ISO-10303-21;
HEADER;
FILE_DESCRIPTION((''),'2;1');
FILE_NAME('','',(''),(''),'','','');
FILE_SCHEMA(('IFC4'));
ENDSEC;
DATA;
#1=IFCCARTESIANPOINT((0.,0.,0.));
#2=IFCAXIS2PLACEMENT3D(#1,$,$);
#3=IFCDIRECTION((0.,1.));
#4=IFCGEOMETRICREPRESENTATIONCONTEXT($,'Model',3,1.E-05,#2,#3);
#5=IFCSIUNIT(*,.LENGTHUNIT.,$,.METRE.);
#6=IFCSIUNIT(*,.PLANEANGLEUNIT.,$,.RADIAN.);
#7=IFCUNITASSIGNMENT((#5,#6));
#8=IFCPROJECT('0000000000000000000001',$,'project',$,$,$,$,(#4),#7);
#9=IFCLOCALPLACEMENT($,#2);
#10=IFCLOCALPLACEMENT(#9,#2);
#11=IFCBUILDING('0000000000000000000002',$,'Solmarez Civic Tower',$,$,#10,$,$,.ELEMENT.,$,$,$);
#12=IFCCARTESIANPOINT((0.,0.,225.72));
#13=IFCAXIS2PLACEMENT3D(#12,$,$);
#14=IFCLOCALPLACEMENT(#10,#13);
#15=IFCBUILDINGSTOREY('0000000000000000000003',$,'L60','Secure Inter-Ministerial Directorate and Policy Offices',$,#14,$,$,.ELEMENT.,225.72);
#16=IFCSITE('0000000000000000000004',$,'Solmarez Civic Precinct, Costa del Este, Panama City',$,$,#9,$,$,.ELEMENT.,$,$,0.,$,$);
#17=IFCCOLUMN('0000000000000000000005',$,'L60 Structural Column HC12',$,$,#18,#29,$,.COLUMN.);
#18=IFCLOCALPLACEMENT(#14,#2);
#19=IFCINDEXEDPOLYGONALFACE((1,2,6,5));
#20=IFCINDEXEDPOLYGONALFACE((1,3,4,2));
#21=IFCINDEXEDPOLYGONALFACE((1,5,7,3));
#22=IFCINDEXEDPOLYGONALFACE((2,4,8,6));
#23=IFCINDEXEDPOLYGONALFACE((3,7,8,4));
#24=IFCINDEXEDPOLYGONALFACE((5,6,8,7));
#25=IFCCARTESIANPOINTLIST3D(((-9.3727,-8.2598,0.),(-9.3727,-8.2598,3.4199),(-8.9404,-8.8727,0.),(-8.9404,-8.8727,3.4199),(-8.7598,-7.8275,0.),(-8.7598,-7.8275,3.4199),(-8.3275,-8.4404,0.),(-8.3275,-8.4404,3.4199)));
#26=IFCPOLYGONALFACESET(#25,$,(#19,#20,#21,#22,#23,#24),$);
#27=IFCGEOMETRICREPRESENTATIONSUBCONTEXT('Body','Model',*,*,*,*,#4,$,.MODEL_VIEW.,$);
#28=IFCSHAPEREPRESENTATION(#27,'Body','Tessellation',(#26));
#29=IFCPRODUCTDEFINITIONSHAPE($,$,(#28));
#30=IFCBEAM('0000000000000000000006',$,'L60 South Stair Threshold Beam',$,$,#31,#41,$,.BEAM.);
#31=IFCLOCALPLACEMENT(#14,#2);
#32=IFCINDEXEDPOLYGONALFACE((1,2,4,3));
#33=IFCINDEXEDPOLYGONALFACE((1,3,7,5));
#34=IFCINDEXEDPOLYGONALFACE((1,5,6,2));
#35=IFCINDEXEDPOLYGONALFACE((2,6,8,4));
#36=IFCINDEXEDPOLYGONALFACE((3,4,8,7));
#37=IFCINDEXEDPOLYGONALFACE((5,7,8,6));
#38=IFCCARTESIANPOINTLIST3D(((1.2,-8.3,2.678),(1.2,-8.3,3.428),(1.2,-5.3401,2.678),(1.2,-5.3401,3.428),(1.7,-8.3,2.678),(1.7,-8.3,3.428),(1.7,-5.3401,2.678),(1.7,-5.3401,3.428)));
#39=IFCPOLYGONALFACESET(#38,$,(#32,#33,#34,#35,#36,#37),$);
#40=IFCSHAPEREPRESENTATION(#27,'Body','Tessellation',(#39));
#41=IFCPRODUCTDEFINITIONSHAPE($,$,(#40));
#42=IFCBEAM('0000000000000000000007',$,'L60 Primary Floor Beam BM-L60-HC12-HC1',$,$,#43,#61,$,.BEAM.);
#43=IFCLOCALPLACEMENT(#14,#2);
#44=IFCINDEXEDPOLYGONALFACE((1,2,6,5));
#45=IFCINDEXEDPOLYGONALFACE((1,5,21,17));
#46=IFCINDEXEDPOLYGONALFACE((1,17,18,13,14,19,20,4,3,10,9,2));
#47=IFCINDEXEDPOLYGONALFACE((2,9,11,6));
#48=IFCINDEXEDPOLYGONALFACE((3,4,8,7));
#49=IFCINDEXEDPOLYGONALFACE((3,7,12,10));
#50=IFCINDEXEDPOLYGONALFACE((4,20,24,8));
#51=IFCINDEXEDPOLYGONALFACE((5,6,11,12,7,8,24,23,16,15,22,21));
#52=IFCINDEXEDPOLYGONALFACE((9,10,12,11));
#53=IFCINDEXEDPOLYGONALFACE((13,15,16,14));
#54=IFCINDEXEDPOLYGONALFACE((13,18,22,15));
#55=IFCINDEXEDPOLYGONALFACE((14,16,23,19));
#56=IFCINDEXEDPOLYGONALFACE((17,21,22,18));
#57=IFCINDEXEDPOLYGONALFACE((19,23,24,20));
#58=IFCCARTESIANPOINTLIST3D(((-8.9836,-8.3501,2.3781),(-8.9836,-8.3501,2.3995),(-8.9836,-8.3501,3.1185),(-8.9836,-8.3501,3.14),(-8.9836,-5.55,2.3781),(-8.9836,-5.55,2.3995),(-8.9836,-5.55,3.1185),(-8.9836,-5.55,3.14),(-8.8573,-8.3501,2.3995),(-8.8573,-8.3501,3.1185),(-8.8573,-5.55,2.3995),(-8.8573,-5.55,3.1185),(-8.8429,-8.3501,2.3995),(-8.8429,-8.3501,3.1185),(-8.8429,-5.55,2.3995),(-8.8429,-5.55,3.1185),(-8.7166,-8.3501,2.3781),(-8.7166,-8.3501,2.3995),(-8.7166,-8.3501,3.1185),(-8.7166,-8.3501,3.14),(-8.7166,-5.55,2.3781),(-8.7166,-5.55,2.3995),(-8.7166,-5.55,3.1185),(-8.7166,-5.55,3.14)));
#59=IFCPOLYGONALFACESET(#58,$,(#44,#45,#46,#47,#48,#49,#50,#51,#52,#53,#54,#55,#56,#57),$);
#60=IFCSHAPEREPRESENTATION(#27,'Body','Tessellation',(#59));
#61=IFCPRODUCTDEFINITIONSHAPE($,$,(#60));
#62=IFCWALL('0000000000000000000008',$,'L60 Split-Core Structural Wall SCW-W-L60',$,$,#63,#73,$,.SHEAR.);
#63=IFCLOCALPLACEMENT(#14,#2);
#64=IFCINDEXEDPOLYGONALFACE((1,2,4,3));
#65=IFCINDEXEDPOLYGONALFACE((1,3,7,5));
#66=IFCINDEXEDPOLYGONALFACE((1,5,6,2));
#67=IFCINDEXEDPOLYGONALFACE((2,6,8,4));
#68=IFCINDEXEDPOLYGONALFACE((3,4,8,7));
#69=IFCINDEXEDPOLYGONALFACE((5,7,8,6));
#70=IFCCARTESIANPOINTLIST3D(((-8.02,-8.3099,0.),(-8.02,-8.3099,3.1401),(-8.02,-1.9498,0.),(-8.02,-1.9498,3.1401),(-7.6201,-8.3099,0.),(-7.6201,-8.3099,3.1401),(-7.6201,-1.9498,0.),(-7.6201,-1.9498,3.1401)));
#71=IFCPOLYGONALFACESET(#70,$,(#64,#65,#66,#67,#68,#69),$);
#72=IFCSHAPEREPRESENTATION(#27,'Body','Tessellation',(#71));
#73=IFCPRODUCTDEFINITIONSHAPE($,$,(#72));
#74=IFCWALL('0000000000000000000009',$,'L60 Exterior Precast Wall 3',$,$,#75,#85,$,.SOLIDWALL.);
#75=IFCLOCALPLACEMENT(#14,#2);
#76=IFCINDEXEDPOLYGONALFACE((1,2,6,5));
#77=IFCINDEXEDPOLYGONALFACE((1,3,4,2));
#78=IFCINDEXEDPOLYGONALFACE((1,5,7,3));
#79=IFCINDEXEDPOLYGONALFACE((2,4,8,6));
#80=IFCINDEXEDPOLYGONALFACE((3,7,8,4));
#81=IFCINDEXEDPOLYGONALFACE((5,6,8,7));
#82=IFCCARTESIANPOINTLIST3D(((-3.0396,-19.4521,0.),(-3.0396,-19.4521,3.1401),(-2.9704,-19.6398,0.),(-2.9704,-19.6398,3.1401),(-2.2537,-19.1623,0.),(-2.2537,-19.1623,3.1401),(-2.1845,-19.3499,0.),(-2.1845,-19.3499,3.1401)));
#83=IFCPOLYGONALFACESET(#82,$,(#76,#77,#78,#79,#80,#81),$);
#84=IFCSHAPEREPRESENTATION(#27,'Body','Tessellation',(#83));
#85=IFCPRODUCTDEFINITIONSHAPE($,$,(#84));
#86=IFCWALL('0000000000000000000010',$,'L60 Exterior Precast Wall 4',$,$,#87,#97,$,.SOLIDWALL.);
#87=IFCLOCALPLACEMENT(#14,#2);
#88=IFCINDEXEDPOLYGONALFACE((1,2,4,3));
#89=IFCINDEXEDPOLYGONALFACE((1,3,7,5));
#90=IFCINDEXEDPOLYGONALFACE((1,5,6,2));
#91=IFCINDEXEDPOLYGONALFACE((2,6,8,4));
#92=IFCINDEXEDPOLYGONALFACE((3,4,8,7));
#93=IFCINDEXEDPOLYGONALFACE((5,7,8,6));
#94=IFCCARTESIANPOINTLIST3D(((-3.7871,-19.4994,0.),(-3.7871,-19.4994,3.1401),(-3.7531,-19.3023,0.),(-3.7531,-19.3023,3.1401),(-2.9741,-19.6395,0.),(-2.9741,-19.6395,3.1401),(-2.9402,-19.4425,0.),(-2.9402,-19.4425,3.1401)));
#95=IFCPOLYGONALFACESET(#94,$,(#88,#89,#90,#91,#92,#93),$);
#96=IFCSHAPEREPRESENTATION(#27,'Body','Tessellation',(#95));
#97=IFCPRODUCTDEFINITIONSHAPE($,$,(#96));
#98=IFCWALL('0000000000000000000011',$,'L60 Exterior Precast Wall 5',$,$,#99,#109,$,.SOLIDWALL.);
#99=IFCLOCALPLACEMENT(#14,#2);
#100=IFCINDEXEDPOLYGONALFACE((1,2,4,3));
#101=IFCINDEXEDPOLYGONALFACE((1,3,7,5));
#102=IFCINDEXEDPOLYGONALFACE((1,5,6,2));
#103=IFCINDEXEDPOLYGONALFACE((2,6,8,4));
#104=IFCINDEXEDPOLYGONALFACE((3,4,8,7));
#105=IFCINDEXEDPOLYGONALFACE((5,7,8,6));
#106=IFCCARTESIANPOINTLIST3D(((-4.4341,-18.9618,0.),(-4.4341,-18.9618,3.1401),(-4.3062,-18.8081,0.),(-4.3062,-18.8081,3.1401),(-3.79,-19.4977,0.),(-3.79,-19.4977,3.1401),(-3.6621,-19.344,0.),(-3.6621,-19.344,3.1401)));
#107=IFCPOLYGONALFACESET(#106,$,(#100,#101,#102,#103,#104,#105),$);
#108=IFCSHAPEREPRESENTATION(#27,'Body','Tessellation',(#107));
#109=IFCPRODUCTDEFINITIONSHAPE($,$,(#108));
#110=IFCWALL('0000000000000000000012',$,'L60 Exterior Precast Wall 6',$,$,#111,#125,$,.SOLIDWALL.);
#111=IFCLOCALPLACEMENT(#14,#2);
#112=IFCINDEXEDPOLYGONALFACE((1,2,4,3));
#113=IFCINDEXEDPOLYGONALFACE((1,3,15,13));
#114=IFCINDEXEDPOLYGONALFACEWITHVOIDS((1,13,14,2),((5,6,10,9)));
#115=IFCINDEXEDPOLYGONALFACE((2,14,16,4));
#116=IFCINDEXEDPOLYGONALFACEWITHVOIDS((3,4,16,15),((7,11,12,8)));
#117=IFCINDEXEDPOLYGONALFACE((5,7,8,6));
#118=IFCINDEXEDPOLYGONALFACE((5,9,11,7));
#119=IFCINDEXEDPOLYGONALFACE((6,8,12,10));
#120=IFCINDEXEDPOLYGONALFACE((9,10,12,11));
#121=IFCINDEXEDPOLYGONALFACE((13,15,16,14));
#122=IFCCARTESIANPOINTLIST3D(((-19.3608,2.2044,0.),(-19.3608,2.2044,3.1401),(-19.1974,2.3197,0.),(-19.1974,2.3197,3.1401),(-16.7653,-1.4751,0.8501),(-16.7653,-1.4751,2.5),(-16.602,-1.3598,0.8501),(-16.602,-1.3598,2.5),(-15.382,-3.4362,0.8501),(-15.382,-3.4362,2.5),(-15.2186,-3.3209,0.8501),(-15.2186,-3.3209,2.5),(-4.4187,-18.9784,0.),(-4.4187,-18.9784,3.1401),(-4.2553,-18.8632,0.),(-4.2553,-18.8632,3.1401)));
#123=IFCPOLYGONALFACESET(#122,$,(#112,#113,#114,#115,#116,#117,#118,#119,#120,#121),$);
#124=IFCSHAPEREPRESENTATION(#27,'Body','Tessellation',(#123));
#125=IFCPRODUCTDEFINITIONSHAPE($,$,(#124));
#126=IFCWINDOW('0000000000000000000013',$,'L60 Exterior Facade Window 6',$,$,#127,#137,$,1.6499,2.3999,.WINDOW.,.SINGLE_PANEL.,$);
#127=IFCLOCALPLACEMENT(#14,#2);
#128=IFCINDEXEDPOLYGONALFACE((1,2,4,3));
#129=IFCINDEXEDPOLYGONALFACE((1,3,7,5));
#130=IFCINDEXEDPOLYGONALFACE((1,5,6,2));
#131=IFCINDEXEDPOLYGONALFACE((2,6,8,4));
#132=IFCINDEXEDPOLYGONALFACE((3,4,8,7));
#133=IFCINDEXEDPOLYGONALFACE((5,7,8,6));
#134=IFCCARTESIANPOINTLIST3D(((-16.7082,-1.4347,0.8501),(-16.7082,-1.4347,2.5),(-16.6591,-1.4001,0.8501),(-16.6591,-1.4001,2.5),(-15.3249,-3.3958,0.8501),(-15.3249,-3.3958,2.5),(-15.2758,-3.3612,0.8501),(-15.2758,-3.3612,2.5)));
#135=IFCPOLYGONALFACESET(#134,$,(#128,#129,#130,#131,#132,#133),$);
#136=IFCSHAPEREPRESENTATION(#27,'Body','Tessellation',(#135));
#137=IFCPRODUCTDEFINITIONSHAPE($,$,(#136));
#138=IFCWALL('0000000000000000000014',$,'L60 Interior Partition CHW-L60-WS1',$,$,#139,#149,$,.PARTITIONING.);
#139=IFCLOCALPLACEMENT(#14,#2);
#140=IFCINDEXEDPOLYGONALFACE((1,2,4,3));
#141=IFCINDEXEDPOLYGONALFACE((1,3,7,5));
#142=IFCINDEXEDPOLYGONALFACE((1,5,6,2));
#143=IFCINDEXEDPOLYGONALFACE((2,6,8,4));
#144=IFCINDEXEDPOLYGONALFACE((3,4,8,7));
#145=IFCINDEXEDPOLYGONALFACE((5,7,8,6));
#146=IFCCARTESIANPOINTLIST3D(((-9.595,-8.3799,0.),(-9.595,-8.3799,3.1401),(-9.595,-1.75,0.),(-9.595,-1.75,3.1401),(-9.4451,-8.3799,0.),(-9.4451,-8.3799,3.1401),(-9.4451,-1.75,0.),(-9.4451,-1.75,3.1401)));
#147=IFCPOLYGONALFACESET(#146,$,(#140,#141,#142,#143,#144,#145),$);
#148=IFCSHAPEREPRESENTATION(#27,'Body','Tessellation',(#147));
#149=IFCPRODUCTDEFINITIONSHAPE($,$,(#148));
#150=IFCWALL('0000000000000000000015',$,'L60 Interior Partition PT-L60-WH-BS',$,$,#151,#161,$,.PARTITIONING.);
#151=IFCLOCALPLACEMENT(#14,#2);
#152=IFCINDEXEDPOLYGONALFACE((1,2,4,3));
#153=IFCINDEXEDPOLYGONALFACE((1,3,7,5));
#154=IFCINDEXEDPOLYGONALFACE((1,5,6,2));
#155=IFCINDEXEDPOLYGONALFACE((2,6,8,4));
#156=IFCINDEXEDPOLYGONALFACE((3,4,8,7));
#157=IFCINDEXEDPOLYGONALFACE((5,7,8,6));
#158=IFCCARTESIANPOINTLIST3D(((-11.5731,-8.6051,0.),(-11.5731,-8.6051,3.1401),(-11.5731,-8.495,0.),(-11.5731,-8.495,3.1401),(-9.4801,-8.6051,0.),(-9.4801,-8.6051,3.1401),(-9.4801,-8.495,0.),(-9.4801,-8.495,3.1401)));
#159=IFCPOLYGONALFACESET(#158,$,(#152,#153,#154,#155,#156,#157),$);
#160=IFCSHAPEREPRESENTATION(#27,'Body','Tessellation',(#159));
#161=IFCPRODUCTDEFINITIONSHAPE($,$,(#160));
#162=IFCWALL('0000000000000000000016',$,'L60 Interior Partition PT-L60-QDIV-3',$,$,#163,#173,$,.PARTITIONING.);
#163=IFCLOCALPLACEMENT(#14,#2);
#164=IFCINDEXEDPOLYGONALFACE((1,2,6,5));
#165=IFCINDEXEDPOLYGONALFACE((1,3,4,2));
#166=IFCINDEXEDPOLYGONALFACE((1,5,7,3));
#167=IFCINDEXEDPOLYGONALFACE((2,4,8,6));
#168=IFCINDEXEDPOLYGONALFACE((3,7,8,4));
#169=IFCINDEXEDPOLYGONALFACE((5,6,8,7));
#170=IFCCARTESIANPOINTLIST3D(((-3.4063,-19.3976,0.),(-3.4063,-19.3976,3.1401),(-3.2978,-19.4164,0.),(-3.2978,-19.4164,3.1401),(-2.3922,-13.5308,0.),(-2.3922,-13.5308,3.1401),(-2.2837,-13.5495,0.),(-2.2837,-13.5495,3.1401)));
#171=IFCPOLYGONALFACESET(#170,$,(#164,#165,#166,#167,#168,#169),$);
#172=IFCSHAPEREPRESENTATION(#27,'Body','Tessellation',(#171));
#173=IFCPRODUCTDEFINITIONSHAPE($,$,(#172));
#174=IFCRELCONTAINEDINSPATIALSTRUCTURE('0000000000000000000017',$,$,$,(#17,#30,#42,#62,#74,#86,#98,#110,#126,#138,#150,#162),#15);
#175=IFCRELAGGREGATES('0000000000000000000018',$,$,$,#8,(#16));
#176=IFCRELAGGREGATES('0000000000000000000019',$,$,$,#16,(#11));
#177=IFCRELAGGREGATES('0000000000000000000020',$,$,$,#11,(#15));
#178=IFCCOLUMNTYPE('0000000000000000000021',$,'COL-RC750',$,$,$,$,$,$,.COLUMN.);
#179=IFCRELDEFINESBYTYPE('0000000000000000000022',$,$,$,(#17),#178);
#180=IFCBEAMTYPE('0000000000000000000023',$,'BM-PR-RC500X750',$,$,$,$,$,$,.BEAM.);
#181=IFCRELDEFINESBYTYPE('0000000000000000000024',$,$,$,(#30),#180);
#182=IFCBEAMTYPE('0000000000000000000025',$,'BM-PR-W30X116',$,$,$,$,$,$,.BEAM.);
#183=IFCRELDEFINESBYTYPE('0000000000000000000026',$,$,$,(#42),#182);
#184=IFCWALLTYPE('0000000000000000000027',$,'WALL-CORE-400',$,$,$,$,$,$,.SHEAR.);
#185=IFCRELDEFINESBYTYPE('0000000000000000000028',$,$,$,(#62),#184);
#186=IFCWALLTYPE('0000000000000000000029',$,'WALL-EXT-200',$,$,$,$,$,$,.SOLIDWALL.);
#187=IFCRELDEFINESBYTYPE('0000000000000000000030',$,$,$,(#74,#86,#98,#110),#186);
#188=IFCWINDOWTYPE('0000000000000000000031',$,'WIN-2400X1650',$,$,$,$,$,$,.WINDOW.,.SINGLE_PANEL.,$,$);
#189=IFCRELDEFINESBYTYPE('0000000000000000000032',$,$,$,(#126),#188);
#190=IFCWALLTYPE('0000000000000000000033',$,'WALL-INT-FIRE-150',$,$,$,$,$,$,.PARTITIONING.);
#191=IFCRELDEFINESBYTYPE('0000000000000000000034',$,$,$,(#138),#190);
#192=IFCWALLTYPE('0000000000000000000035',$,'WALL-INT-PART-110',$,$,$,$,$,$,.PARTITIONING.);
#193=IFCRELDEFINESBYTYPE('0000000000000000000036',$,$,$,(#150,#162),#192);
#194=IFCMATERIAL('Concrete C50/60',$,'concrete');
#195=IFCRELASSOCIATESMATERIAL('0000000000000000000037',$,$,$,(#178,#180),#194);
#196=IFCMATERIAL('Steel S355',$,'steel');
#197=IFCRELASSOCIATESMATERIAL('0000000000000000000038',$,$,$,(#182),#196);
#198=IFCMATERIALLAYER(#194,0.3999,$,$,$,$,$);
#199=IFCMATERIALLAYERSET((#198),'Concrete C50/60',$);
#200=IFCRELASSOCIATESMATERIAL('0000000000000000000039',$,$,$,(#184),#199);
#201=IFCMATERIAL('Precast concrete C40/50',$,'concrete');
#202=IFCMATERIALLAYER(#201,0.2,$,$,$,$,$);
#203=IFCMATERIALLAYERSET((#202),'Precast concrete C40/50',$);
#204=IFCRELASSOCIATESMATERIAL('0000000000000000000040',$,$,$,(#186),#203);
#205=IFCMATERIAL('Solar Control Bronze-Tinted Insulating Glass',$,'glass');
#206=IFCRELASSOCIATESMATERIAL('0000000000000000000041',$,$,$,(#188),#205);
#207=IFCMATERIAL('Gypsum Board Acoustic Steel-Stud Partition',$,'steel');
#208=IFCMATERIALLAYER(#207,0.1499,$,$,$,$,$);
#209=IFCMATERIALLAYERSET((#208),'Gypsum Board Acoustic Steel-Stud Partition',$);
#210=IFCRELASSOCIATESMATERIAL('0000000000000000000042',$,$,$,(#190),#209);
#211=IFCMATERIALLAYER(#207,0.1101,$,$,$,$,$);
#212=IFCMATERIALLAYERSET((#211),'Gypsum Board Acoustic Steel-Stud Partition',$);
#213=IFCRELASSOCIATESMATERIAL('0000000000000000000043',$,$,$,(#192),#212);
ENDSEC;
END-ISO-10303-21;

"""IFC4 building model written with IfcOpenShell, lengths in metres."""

from ifc_helpers import new_model, si_unit, direction, frame, frame_2d, origin, origin_2d, place, context, subcontext, project, spatial, rectangle, i_section, extrude, material, layer, layer_set, material_profile, profile_set, type_object, element, fill, save


model = new_model("IFC4")

# Units and contexts
model_context = context("Model", 3, precision=1e-05, world=origin(), true_north=direction((0.0, 1.0)))
body_context = subcontext(model_context, "Body", "Model", "MODEL_VIEW")
ifc_project = project(units=[si_unit("LENGTHUNIT", "METRE"), si_unit("PLANEANGLEUNIT", "RADIAN")], contexts=[model_context])

# Site, building, storey
site_placement = place(None, origin())
site = spatial("IfcSite", under=ifc_project, at=site_placement, Name="Solmarez Civic Precinct, Costa del Este, Panama City", CompositionType="ELEMENT", RefElevation=0.0)
building_placement = place(site_placement, origin())
building = spatial("IfcBuilding", under=site, at=building_placement, Name="Solmarez Civic Tower", CompositionType="ELEMENT")
storey_placement = place(building_placement, frame((0.0, 0.0, 225.72)))
storey = spatial("IfcBuildingStorey", under=building, at=storey_placement, Name="L60", Description="Secure Inter-Ministerial Directorate and Policy Offices", CompositionType="ELEMENT", Elevation=225.72)

# Column
ifc_material_1 = material(Name="Concrete C50/60", Category="concrete")
ifc_material_profile_1 = material_profile(ifc_material_1, rectangle(XDim=0.75, YDim=0.75, at=origin_2d()), Name="RC750X750")
ifc_profile_set_1 = profile_set([ifc_material_profile_1], Name="Concrete C50/60")
column_type = type_object("IfcColumnType", Name="COL-RC750", PredefinedType="COLUMN", material=ifc_profile_set_1)
column_placement = place(storey_placement, frame((-8.8501, -8.3501, 0.0), z_axis=(0.0, 0.0, 1.0), x_axis=(0.817145, 0.576432, 0.0)))
element("IfcColumn", 1, at=column_placement, inside=storey, type_object=column_type, Name="L60 Structural Column HC12", PredefinedType="COLUMN", context=body_context, shape_type="SweptSolid", body=[
    extrude(rectangle(XDim=0.75, YDim=0.75, at=origin_2d()), origin(), (0.0, 0.0, 1.0), 3.4199),
])

# Beams
ifc_material_profile_2 = material_profile(ifc_material_1, rectangle(XDim=0.5, YDim=0.75, at=origin_2d()), Name="RC500X750")
ifc_profile_set_2 = profile_set([ifc_material_profile_2], Name="Concrete C50/60")
beam_type_1 = type_object("IfcBeamType", Name="BM-PR-RC500X750", PredefinedType="BEAM", material=ifc_profile_set_2)
beam_1_placement = place(storey_placement, frame((1.45, -8.3, 3.053), z_axis=(0.0, 1.0, 0.0), x_axis=(-1.0, 0.0, 0.0)))
element("IfcBeam", 2, at=beam_1_placement, inside=storey, type_object=beam_type_1, Name="L60 South Stair Threshold Beam", PredefinedType="BEAM", context=body_context, shape_type="SweptSolid", body=[
    extrude(rectangle(XDim=0.5, YDim=0.75, at=origin_2d()), origin(), (0.0, 0.0, 1.0), 2.96),
])
ifc_material_2 = material(Name="Steel S355", Category="steel")
ifc_material_profile_3 = material_profile(ifc_material_2, i_section(OverallWidth=0.2671, OverallDepth=0.762, WebThickness=0.0144, FlangeThickness=0.0215, at=origin_2d()), Name="W30X116")
ifc_profile_set_3 = profile_set([ifc_material_profile_3], Name="Steel S355")
beam_type_2 = type_object("IfcBeamType", Name="BM-PR-W30X116", PredefinedType="BEAM", material=ifc_profile_set_3)
beam_2_placement = place(storey_placement, frame((-8.8501, -8.3501, 2.759), z_axis=(0.0, 1.0, 0.0), x_axis=(-1.0, 0.0, 0.0)))
element("IfcBeam", 3, at=beam_2_placement, inside=storey, type_object=beam_type_2, Name="L60 Primary Floor Beam BM-L60-HC12-HC1", PredefinedType="BEAM", context=body_context, shape_type="SweptSolid", body=[
    extrude(i_section(OverallWidth=0.2671, OverallDepth=0.762, WebThickness=0.0144, FlangeThickness=0.0215, at=origin_2d()), origin(), (0.0, 0.0, 1.0), 2.8),
])

# Walls
ifc_layer_1 = layer(ifc_material_1, 0.3999)
ifc_layer_set_1 = layer_set([ifc_layer_1], Name="Concrete C50/60")
wall_type_1 = type_object("IfcWallType", Name="WALL-CORE-400", PredefinedType="SHEAR", material=ifc_layer_set_1)
wall_1_placement = place(storey_placement, frame((-7.8201, -8.3101, 0.0), z_axis=(0.0, 0.0, 1.0), x_axis=(0.0, 1.0, 0.0)))
element("IfcWall", 4, at=wall_1_placement, inside=storey, type_object=wall_type_1, Name="L60 Split-Core Structural Wall SCW-W-L60", PredefinedType="SHEAR", context=body_context, shape_type="SweptSolid", body=[
    extrude(rectangle(XDim=6.3601, YDim=0.3999, at=frame_2d((3.1802, 0.0))), origin(), (0.0, 0.0, 1.0), 3.1401),
])
ifc_material_3 = material(Name="Precast concrete C40/50", Category="concrete")
ifc_layer_2 = layer(ifc_material_3, 0.2)
ifc_layer_set_2 = layer_set([ifc_layer_2], Name="Precast concrete C40/50")
wall_type_2 = type_object("IfcWallType", Name="WALL-EXT-200", PredefinedType="SOLIDWALL", material=ifc_layer_set_2)
wall_2_placement = place(storey_placement, frame((-2.219, -19.2561, 0.0), z_axis=(0.0, 0.0, 1.0), x_axis=(-0.938244, -0.345975, 0.0)))
element("IfcWall", 5, at=wall_2_placement, inside=storey, type_object=wall_type_2, Name="L60 Exterior Precast Wall 3", PredefinedType="SOLIDWALL", context=body_context, shape_type="SweptSolid", body=[
    extrude(rectangle(XDim=0.8376, YDim=0.2, at=frame_2d((0.4189, 0.0))), origin(), (0.0, 0.0, 1.0), 3.1401),
])
wall_3_placement = place(storey_placement, frame((-2.957, -19.541, 0.0), z_axis=(0.0, 0.0, 1.0), x_axis=(-0.985467, 0.169867, 0.0)))
element("IfcWall", 6, at=wall_3_placement, inside=storey, type_object=wall_type_2, Name="L60 Exterior Precast Wall 4", PredefinedType="SOLIDWALL", context=body_context, shape_type="SweptSolid", body=[
    extrude(rectangle(XDim=0.825, YDim=0.2, at=frame_2d((0.4126, 0.0))), origin(), (0.0, 0.0, 1.0), 3.1401),
])
wall_4_placement = place(storey_placement, frame((-3.7261, -19.4209, 0.0), z_axis=(0.0, 0.0, 1.0), x_axis=(-0.768699, 0.639611, 0.0)))
element("IfcWall", 7, at=wall_4_placement, inside=storey, type_object=wall_type_2, Name="L60 Exterior Precast Wall 5", PredefinedType="SOLIDWALL", context=body_context, shape_type="SweptSolid", body=[
    extrude(rectangle(XDim=0.8379, YDim=0.2, at=frame_2d((0.4189, 0.0))), origin(), (0.0, 0.0, 1.0), 3.1401),
])

# Wall, opening, window
wall_5_placement = place(storey_placement, frame((-4.3369, -18.9209, 0.0), z_axis=(0.0, 0.0, 1.0), x_axis=(-0.576414, 0.817158, 0.0)))
wall_5 = element("IfcWall", 8, at=wall_5_placement, inside=storey, type_object=wall_type_2, Name="L60 Exterior Precast Wall 6", PredefinedType="SOLIDWALL", context=body_context, shape_type="SweptSolid", body=[
    extrude(rectangle(XDim=25.9226, YDim=0.2, at=frame_2d((12.9614, 0.0))), origin(), (0.0, 0.0, 1.0), 3.1401),
])
opening_placement = place(wall_5_placement, frame((19.02, 0.0, 0.8501)))
opening = element("IfcOpeningElement", 9, at=opening_placement, cuts=wall_5, PredefinedType="OPENING", context=body_context, shape_type="SweptSolid", body=[
    extrude(rectangle(XDim=2.3999, YDim=1.6499, at=frame_2d((1.2, 0.825))), frame((0.0, 0.1099, 0.0), z_axis=(0.0, -1.0, 0.0), x_axis=(1.0, 0.0, 0.0)), (0.0, 0.0, 1.0), 0.22),
])
ifc_material_4 = material(Name="Solar Control Bronze-Tinted Insulating Glass", Category="glass")
window_type = type_object("IfcWindowType", Name="WIN-2400X1650", PartitioningType="SINGLE_PANEL", PredefinedType="WINDOW", material=ifc_material_4)
window_placement = place(opening_placement, origin())
window = element("IfcWindow", 10, at=window_placement, inside=storey, type_object=window_type, Name="L60 Exterior Facade Window 6", OverallHeight=1.6499, OverallWidth=2.3999, PartitioningType="SINGLE_PANEL", PredefinedType="WINDOW", context=body_context, shape_type="SweptSolid", body=[
    extrude(rectangle(XDim=2.3999, YDim=1.6499, at=frame_2d((1.2, 0.825))), frame((0.0, 0.03, 0.0), z_axis=(0.0, -1.0, 0.0), x_axis=(1.0, 0.0, 0.0)), (0.0, 0.0, 1.0), 0.0601),
])
fill(opening, window)

# Walls
ifc_material_5 = material(Name="Gypsum Board Acoustic Steel-Stud Partition", Category="steel")
ifc_layer_3 = layer(ifc_material_5, 0.1499)
ifc_layer_set_3 = layer_set([ifc_layer_3], Name="Gypsum Board Acoustic Steel-Stud Partition")
wall_type_3 = type_object("IfcWallType", Name="WALL-INT-FIRE-150", PredefinedType="PARTITIONING", material=ifc_layer_set_3)
wall_6_placement = place(storey_placement, frame((-9.52, -8.3799, 0.0), z_axis=(0.0, 0.0, 1.0), x_axis=(0.0, 1.0, 0.0)))
element("IfcWall", 11, at=wall_6_placement, inside=storey, type_object=wall_type_3, Name="L60 Interior Partition CHW-L60-WS1", PredefinedType="PARTITIONING", context=body_context, shape_type="SweptSolid", body=[
    extrude(rectangle(XDim=6.6299, YDim=0.1499, at=frame_2d((3.3149, 0.0))), origin(), (0.0, 0.0, 1.0), 3.1401),
])
ifc_layer_4 = layer(ifc_material_5, 0.1101)
ifc_layer_set_4 = layer_set([ifc_layer_4], Name="Gypsum Board Acoustic Steel-Stud Partition")
wall_type_4 = type_object("IfcWallType", Name="WALL-INT-PART-110", PredefinedType="PARTITIONING", material=ifc_layer_set_4)
wall_7_placement = place(storey_placement, frame((-11.573, -8.55, 0.0), z_axis=(0.0, 0.0, 1.0), x_axis=(1.0, 0.0, 0.0)))
element("IfcWall", 12, at=wall_7_placement, inside=storey, type_object=wall_type_4, Name="L60 Interior Partition PT-L60-WH-BS", PredefinedType="PARTITIONING", context=body_context, shape_type="SweptSolid", body=[
    extrude(rectangle(XDim=2.093, YDim=0.1101, at=frame_2d((1.0464, 0.0))), origin(), (0.0, 0.0, 1.0), 3.1401),
])
wall_8_placement = place(storey_placement, frame((-2.3379, -13.54, 0.0), z_axis=(0.0, 0.0, 1.0), x_axis=(-0.170334, -0.985386, 0.0)))
element("IfcWall", 13, at=wall_8_placement, inside=storey, type_object=wall_type_4, Name="L60 Interior Partition PT-L60-QDIV-3", PredefinedType="PARTITIONING", context=body_context, shape_type="SweptSolid", body=[
    extrude(rectangle(XDim=5.9539, YDim=0.1101, at=frame_2d((2.9771, 0.0))), origin(), (0.0, 0.0, 1.0), 3.1401),
])

save(model, "model.ifc")
